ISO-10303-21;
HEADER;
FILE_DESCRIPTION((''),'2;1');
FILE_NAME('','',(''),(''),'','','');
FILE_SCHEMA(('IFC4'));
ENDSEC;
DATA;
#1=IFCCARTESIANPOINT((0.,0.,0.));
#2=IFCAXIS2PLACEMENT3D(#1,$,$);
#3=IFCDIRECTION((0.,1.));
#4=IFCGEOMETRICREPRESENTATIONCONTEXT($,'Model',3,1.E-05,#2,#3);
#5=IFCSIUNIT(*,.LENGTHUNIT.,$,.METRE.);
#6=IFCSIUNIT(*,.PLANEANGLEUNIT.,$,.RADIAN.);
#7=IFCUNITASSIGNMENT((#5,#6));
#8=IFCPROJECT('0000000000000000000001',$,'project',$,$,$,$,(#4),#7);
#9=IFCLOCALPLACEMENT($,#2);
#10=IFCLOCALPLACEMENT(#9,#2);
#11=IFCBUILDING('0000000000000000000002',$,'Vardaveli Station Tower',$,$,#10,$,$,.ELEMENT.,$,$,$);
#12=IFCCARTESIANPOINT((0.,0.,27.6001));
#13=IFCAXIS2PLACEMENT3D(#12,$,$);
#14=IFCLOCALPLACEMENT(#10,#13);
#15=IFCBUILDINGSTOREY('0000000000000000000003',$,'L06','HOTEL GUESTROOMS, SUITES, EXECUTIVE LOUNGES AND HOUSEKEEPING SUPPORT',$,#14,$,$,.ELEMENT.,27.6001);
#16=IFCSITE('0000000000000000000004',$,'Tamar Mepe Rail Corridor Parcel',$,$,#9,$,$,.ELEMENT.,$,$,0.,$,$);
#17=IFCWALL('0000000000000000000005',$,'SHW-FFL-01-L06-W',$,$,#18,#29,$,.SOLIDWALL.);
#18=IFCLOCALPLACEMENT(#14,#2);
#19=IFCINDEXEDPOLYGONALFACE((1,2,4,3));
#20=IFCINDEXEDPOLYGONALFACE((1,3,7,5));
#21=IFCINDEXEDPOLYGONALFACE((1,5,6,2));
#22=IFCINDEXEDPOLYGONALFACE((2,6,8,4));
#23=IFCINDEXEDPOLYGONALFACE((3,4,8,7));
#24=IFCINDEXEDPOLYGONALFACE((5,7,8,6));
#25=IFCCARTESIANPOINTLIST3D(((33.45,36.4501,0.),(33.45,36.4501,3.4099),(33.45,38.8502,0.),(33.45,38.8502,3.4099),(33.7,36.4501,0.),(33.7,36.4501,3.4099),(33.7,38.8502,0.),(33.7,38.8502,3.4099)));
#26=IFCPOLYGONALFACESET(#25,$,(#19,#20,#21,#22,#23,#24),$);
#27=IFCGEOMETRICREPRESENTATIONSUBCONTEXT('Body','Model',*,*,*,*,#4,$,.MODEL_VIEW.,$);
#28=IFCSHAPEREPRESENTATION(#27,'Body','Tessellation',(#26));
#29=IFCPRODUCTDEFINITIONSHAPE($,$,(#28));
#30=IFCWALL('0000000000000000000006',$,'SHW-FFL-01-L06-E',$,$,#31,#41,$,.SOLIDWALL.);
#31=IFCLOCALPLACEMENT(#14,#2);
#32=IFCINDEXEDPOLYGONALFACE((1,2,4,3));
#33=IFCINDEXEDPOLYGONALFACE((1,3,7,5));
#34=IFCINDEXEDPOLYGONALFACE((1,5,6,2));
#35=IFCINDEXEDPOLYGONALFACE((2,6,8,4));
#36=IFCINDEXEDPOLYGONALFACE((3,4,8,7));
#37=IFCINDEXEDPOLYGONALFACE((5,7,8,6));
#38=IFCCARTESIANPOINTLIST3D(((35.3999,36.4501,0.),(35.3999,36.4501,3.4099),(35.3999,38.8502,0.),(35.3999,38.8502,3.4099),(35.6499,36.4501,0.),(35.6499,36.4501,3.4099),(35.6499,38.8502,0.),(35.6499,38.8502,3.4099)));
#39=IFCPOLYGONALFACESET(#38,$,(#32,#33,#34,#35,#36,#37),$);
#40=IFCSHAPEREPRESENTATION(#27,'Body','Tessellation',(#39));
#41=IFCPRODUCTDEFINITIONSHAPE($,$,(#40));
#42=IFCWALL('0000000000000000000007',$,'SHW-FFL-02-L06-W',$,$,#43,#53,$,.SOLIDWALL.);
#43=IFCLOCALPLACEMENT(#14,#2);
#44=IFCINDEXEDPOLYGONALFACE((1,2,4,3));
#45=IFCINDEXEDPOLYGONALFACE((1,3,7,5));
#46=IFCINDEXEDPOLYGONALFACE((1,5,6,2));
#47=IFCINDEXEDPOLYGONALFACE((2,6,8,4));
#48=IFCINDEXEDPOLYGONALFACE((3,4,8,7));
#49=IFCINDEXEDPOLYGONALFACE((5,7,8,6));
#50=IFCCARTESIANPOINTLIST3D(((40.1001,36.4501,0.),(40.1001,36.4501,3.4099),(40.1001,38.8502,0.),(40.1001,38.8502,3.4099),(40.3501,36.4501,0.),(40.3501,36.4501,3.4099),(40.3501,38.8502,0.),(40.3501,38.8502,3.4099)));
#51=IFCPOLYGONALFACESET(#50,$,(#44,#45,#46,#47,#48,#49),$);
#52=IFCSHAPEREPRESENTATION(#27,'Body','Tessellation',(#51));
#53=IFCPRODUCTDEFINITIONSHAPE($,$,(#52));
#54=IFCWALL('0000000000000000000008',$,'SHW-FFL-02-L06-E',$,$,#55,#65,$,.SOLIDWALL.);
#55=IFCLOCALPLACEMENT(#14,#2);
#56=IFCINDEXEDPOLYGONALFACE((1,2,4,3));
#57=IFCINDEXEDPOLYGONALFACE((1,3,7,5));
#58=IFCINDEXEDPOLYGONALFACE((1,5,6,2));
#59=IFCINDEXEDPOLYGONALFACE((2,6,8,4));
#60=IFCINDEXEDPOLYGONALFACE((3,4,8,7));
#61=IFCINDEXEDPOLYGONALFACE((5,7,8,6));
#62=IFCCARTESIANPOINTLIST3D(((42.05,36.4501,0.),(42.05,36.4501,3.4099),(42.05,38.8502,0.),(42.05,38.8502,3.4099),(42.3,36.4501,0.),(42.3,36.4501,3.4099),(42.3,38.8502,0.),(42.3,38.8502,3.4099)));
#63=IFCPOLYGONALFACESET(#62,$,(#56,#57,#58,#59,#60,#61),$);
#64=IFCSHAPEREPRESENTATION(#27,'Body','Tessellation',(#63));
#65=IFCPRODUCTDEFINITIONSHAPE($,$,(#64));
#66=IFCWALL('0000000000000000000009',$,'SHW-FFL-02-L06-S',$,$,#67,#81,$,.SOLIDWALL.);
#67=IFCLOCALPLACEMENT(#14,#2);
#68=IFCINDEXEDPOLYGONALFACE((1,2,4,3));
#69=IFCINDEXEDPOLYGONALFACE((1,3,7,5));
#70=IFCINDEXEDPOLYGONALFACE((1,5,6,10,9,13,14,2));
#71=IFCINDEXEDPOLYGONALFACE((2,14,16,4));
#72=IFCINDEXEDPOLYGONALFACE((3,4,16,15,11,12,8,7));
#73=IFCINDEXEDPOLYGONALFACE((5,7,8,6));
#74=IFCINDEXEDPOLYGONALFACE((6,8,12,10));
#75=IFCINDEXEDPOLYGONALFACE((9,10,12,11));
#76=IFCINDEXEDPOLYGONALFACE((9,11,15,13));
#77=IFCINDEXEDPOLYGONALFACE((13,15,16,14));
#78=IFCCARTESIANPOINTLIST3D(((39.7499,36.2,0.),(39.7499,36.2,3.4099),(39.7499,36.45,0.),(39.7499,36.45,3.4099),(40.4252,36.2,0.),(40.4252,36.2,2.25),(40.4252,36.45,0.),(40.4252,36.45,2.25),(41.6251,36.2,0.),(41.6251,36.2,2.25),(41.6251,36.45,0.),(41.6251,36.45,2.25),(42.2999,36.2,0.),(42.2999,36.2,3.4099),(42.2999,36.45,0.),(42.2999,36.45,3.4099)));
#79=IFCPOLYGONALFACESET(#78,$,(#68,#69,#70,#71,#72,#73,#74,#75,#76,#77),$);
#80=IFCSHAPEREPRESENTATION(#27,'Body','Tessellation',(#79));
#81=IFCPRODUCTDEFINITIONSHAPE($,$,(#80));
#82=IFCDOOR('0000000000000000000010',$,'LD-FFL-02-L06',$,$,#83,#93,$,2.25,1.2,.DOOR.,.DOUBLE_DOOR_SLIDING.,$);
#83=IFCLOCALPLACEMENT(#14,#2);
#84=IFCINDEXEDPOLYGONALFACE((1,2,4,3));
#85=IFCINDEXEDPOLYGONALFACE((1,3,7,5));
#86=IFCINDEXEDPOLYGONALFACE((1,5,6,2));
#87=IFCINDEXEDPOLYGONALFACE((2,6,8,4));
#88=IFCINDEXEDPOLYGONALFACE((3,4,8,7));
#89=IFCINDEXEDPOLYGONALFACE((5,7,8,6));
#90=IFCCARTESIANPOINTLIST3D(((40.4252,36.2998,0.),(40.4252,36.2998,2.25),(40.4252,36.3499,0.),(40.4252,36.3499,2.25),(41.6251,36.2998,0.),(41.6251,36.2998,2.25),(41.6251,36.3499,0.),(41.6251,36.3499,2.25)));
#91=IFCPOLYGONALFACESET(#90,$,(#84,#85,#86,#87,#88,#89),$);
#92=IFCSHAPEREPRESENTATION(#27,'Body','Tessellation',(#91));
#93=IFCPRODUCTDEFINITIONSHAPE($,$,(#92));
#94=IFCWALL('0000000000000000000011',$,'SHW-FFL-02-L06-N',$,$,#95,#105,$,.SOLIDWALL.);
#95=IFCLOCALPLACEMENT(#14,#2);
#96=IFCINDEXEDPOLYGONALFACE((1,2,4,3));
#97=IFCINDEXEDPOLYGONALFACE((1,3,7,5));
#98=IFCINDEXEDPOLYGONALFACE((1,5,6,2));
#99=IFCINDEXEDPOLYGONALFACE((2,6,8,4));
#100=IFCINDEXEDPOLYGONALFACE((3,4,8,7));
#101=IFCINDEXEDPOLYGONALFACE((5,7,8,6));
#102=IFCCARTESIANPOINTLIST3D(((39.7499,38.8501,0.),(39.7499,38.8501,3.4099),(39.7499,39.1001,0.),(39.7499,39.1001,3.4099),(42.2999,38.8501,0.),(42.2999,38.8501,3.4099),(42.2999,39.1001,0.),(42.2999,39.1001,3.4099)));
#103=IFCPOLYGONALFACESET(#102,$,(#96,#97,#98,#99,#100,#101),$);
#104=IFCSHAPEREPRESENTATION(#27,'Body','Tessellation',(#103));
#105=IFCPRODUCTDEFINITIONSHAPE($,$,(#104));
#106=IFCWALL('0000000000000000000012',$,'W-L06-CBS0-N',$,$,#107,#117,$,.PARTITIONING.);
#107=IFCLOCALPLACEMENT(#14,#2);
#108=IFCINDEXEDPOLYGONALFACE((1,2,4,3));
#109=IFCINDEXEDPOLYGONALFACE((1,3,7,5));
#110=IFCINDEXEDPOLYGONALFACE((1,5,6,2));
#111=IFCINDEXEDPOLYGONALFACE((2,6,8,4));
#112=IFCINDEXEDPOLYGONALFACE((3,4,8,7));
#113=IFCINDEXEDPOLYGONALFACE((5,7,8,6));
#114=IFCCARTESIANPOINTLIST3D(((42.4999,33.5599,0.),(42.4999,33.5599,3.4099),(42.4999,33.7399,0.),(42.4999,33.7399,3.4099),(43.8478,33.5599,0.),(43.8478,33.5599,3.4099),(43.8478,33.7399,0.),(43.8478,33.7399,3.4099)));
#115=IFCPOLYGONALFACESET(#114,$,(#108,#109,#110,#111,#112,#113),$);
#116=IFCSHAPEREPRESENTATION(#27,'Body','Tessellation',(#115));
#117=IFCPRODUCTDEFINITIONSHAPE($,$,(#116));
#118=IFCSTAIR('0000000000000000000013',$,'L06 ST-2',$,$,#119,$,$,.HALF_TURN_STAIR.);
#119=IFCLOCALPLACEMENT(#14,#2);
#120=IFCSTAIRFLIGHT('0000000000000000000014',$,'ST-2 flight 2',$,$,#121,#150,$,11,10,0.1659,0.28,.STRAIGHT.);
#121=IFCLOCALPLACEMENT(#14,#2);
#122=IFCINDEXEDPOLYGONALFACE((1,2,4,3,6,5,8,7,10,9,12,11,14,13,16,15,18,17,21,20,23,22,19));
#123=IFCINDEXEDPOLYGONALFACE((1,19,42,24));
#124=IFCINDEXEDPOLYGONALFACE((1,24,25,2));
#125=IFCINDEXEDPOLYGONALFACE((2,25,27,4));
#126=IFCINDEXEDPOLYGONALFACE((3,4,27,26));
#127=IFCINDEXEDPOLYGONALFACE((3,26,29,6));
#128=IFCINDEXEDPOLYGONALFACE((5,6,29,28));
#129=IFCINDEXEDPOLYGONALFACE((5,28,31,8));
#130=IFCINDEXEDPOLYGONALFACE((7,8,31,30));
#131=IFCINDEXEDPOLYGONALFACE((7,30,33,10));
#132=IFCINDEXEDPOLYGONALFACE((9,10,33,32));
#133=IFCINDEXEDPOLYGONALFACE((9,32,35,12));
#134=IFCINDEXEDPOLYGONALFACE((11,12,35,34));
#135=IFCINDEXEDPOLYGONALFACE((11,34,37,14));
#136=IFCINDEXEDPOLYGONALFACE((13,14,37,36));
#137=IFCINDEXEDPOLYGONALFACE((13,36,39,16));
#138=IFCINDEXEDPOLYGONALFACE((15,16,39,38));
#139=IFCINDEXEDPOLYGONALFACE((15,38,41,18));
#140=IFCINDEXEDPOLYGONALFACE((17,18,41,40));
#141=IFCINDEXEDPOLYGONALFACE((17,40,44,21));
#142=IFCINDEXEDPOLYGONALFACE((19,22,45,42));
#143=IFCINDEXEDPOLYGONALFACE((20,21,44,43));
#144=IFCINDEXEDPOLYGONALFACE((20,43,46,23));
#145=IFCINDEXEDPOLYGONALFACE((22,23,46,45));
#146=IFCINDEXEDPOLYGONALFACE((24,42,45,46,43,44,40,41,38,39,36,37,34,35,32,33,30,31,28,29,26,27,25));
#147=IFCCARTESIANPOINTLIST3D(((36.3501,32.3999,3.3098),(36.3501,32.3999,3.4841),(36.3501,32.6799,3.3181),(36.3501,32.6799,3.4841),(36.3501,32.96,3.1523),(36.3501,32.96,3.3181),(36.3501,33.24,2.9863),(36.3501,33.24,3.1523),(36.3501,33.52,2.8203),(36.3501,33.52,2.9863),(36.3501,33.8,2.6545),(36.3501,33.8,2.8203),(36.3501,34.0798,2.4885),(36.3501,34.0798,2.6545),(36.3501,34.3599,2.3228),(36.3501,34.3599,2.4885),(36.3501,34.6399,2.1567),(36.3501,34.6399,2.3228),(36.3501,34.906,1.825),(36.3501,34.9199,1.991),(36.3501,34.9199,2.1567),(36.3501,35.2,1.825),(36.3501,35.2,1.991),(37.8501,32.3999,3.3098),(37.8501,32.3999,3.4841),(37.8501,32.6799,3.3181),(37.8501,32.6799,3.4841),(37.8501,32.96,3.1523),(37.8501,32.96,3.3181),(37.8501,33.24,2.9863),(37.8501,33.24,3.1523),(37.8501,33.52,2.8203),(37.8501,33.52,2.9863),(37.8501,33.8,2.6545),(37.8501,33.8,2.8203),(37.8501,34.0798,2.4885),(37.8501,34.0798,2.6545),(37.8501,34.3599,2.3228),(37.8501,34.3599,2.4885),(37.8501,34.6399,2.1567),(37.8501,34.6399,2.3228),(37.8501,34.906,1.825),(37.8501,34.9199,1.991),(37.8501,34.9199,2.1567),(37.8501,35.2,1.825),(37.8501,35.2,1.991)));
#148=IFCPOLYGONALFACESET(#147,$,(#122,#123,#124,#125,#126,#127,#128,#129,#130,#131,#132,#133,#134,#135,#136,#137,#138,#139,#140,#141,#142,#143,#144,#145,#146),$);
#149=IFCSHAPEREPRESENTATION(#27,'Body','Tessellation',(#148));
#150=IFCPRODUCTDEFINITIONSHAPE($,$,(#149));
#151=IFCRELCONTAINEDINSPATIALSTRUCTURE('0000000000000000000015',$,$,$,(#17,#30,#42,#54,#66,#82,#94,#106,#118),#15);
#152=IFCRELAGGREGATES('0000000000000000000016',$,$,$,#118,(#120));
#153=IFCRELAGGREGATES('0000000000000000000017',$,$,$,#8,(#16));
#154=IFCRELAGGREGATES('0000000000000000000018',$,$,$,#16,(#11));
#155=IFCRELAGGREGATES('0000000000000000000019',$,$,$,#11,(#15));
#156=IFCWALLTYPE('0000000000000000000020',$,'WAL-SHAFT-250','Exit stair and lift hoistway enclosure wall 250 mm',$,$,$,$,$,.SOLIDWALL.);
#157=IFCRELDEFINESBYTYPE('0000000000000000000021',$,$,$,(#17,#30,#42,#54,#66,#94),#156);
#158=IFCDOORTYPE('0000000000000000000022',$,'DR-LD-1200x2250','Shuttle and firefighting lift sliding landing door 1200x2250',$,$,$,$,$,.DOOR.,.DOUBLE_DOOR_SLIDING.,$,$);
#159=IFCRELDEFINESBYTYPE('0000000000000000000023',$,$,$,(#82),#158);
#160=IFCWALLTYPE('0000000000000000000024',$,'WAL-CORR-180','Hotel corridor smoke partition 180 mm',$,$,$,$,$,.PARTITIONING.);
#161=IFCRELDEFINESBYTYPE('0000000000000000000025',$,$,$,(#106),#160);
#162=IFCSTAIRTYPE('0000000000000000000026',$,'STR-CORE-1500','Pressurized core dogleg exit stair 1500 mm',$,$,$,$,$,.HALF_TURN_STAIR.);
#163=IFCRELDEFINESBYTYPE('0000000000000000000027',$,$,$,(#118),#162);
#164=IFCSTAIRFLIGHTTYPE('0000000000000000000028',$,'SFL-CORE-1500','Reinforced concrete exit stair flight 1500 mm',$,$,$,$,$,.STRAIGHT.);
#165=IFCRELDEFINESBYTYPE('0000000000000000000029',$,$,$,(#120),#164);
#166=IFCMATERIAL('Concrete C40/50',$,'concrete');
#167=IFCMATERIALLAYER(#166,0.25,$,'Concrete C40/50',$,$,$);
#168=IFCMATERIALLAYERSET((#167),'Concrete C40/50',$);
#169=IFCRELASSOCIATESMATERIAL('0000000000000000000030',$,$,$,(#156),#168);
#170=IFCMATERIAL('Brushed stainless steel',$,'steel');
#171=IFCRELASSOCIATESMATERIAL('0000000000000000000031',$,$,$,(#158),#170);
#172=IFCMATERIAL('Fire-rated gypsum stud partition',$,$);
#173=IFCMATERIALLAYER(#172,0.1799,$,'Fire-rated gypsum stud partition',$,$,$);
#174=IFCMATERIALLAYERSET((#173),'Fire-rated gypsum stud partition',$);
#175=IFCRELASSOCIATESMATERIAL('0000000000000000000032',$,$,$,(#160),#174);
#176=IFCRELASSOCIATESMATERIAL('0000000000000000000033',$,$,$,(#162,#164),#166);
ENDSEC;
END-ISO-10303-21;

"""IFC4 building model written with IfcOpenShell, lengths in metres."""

from ifc_helpers import new_model, si_unit, direction, frame, frame_2d, origin, place, context, subcontext, project, spatial, polyline, rectangle, outline, extrude, source, transform, mapped, material, layer, layer_set, type_object, element, fill, aggregate, save


model = new_model("IFC4")

# Units and contexts
model_context = context("Model", 3, precision=1e-05, world=origin(), true_north=direction((0.0, 1.0)))
body_context = subcontext(model_context, "Body", "Model", "MODEL_VIEW")
ifc_project = project(units=[si_unit("LENGTHUNIT", "METRE"), si_unit("PLANEANGLEUNIT", "RADIAN")], contexts=[model_context])

# Site, building, storey
site_placement = place(None, origin())
site = spatial("IfcSite", under=ifc_project, at=site_placement, Name="Tamar Mepe Rail Corridor Parcel", CompositionType="ELEMENT", RefElevation=0.0)
building_placement = place(site_placement, origin())
building = spatial("IfcBuilding", under=site, at=building_placement, Name="Vardaveli Station Tower", CompositionType="ELEMENT")
storey_placement = place(building_placement, frame((0.0, 0.0, 27.6001)))
storey = spatial("IfcBuildingStorey", under=building, at=storey_placement, Name="L06", Description="HOTEL GUESTROOMS, SUITES, EXECUTIVE LOUNGES AND HOUSEKEEPING SUPPORT", CompositionType="ELEMENT", Elevation=27.6001)

# Shared definitions
ifc_material_1 = material(Name="Concrete C40/50", Category="concrete")
ifc_layer_1 = layer(ifc_material_1, 0.25, Name="Concrete C40/50")
ifc_layer_set_1 = layer_set([ifc_layer_1], Name="Concrete C40/50")
wall_type_1 = type_object("IfcWallType", Name="WAL-SHAFT-250", Description="Exit stair and lift hoistway enclosure wall 250 mm", PredefinedType="SOLIDWALL", material=ifc_layer_set_1)

# Shared definitions
shared_shape_1 = source(origin(), body_context, "Body", "SweptSolid", [
    extrude(rectangle(XDim=1.2, YDim=2.25, at=frame_2d((0.6001, 1.125))), frame((0.0, 0.135, 0.0), z_axis=(0.0, -1.0, 0.0), x_axis=(1.0, 0.0, 0.0)), (0.0, 0.0, 1.0), 0.27),
])
ifc_material_2 = material(Name="Brushed stainless steel", Category="steel")
door_type = type_object("IfcDoorType", Name="DR-LD-1200x2250", Description="Shuttle and firefighting lift sliding landing door 1200x2250", OperationType="DOUBLE_DOOR_SLIDING", PredefinedType="DOOR", material=ifc_material_2)
shared_shape_2 = source(origin(), body_context, "Body", "SweptSolid", [
    extrude(rectangle(XDim=1.2, YDim=2.25, at=frame_2d((0.6001, 1.125))), frame((0.0, 0.0249, 0.0), z_axis=(0.0, -1.0, 0.0), x_axis=(1.0, 0.0, 0.0)), (0.0, 0.0, 1.0), 0.05),
])

# Walls
shared_shape_3 = source(origin(), body_context, "Body", "SweptSolid", [
    extrude(rectangle(XDim=2.4001, YDim=0.25, at=frame_2d((1.2002, 0.0))), origin(), (0.0, 0.0, 1.0), 3.4099),
])
for number, where, z_axis, x_axis, name in (
    (1, (33.575, 36.45, 0.0), (0.0, 0.0, 1.0), (0.0, 1.0, 0.0), "SHW-FFL-01-L06-W"),
    (2, (35.5249, 36.45, 0.0), (0.0, 0.0, 1.0), (0.0, 1.0, 0.0), "SHW-FFL-01-L06-E"),
    (3, (40.2251, 36.45, 0.0), (0.0, 0.0, 1.0), (0.0, 1.0, 0.0), "SHW-FFL-02-L06-W"),
    (4, (42.175, 36.45, 0.0), (0.0, 0.0, 1.0), (0.0, 1.0, 0.0), "SHW-FFL-02-L06-E"),
):
    element("IfcWall", number, at=place(storey_placement, frame(where, z_axis=z_axis, x_axis=x_axis)), inside=storey, type_object=wall_type_1, Name=name, PredefinedType="SOLIDWALL", context=body_context, shape_type="MappedRepresentation", body=[
        mapped(shared_shape_3, transform((0.0, 0.0, 0.0), scale=1.0)),
    ])

# Wall, opening, door
shared_shape_4 = source(origin(), body_context, "Body", "SweptSolid", [
    extrude(rectangle(XDim=2.55, YDim=0.25, at=frame_2d((1.2749, 0.0))), origin(), (0.0, 0.0, 1.0), 3.4099),
])
wall_1_placement = place(storey_placement, frame((39.75, 36.325, 0.0), z_axis=(0.0, 0.0, 1.0), x_axis=(1.0, 0.0, 0.0)))
wall_1 = element("IfcWall", 5, at=wall_1_placement, inside=storey, type_object=wall_type_1, Name="SHW-FFL-02-L06-S", PredefinedType="SOLIDWALL", context=body_context, shape_type="MappedRepresentation", body=[
    mapped(shared_shape_4, transform((0.0, 0.0, 0.0), scale=1.0)),
])
opening_1_placement = place(wall_1_placement, frame((0.675, 0.0, 0.0)))
opening_1 = element("IfcOpeningElement", 6, at=opening_1_placement, cuts=wall_1, PredefinedType="OPENING", context=body_context, shape_type="MappedRepresentation", body=[
    mapped(shared_shape_1, transform((0.0, 0.0, 0.0), scale=1.0)),
])
door_1_placement = place(opening_1_placement, origin())
door_1 = element("IfcDoor", 7, at=door_1_placement, inside=storey, type_object=door_type, Name="LD-FFL-02-L06", OperationType="DOUBLE_DOOR_SLIDING", OverallHeight=2.25, OverallWidth=1.2, PredefinedType="DOOR", context=body_context, shape_type="MappedRepresentation", body=[
    mapped(shared_shape_2, transform((0.0, 0.0, 0.0), scale=1.0)),
])
fill(opening_1, door_1)

# Walls
wall_2_placement = place(storey_placement, frame((39.75, 38.9751, 0.0), z_axis=(0.0, 0.0, 1.0), x_axis=(1.0, 0.0, 0.0)))
element("IfcWall", 8, at=wall_2_placement, inside=storey, type_object=wall_type_1, Name="SHW-FFL-02-L06-N", PredefinedType="SOLIDWALL", context=body_context, shape_type="MappedRepresentation", body=[
    mapped(shared_shape_4, transform((0.0, 0.0, 0.0), scale=1.0)),
])
ifc_material_3 = material(Name="Fire-rated gypsum stud partition")
ifc_layer_2 = layer(ifc_material_3, 0.1799, Name="Fire-rated gypsum stud partition")
ifc_layer_set_2 = layer_set([ifc_layer_2], Name="Fire-rated gypsum stud partition")
wall_type_2 = type_object("IfcWallType", Name="WAL-CORR-180", Description="Hotel corridor smoke partition 180 mm", PredefinedType="PARTITIONING", material=ifc_layer_set_2)
shared_shape_5 = source(origin(), body_context, "Body", "SweptSolid", [
    extrude(rectangle(XDim=1.3479, YDim=0.1799, at=frame_2d((0.6738, 0.0))), origin(), (0.0, 0.0, 1.0), 3.4099),
])
wall_3_placement = place(storey_placement, frame((42.5, 33.6499, 0.0), z_axis=(0.0, 0.0, 1.0), x_axis=(1.0, 0.0, 0.0)))
element("IfcWall", 9, at=wall_3_placement, inside=storey, type_object=wall_type_2, Name="W-L06-CBS0-N", PredefinedType="PARTITIONING", context=body_context, shape_type="MappedRepresentation", body=[
    mapped(shared_shape_5, transform((0.0, 0.0, 0.0), scale=1.0)),
])

# Stair, stair flight
stair_type = type_object("IfcStairType", Name="STR-CORE-1500", Description="Pressurized core dogleg exit stair 1500 mm", PredefinedType="HALF_TURN_STAIR", material=ifc_material_1)
stair_placement = place(storey_placement, origin())
stair = element("IfcStair", 10, at=stair_placement, inside=storey, type_object=stair_type, Name="L06 ST-2", PredefinedType="HALF_TURN_STAIR")
stair_flight_type = type_object("IfcStairFlightType", Name="SFL-CORE-1500", Description="Reinforced concrete exit stair flight 1500 mm", PredefinedType="STRAIGHT", material=ifc_material_1)
shared_shape_6 = source(origin(), body_context, "Body", "SweptSolid", [
    extrude(outline(polyline([(0.0, 0.0), (0.0, 0.166), (0.28, 0.166), (0.28, 0.3318), (0.5601, 0.3318), (0.5601, 0.4978), (0.8401, 0.4978), (0.8401, 0.6636), (1.1201, 0.6636), (1.1201, 0.8296), (1.3999, 0.8296), (1.3999, 0.9954), (1.6799, 0.9954), (1.6799, 1.1614), (1.96, 1.1614), (1.96, 1.3274), (2.24, 1.3274), (2.24, 1.4932), (2.52, 1.4932), (2.52, 1.6592), (2.8, 1.6592), (2.8, 1.825), (2.8, 1.4849), (0.2939, 0.0), (0.0, 0.0)])), frame((0.0, 0.75, 0.0), z_axis=(0.0, -1.0, 0.0), x_axis=(1.0, 0.0, 0.0)), (0.0, 0.0, 1.0), 1.5),
])
stair_flight_placement = place(storey_placement, frame((37.1001, 35.2, 1.825), z_axis=(0.0, 0.0, 1.0), x_axis=(0.0, -1.0, 0.0)))
stair_flight = element("IfcStairFlight", 11, at=stair_flight_placement, type_object=stair_flight_type, Name="ST-2 flight 2", NumberOfRisers=11, NumberOfTreads=10, PredefinedType="STRAIGHT", RiserHeight=0.1659, TreadLength=0.28, context=body_context, shape_type="MappedRepresentation", body=[
    mapped(shared_shape_6, transform((0.0, 0.0, 0.0), scale=1.0)),
])
aggregate(stair, [stair_flight])

save(model, "model.ifc")
